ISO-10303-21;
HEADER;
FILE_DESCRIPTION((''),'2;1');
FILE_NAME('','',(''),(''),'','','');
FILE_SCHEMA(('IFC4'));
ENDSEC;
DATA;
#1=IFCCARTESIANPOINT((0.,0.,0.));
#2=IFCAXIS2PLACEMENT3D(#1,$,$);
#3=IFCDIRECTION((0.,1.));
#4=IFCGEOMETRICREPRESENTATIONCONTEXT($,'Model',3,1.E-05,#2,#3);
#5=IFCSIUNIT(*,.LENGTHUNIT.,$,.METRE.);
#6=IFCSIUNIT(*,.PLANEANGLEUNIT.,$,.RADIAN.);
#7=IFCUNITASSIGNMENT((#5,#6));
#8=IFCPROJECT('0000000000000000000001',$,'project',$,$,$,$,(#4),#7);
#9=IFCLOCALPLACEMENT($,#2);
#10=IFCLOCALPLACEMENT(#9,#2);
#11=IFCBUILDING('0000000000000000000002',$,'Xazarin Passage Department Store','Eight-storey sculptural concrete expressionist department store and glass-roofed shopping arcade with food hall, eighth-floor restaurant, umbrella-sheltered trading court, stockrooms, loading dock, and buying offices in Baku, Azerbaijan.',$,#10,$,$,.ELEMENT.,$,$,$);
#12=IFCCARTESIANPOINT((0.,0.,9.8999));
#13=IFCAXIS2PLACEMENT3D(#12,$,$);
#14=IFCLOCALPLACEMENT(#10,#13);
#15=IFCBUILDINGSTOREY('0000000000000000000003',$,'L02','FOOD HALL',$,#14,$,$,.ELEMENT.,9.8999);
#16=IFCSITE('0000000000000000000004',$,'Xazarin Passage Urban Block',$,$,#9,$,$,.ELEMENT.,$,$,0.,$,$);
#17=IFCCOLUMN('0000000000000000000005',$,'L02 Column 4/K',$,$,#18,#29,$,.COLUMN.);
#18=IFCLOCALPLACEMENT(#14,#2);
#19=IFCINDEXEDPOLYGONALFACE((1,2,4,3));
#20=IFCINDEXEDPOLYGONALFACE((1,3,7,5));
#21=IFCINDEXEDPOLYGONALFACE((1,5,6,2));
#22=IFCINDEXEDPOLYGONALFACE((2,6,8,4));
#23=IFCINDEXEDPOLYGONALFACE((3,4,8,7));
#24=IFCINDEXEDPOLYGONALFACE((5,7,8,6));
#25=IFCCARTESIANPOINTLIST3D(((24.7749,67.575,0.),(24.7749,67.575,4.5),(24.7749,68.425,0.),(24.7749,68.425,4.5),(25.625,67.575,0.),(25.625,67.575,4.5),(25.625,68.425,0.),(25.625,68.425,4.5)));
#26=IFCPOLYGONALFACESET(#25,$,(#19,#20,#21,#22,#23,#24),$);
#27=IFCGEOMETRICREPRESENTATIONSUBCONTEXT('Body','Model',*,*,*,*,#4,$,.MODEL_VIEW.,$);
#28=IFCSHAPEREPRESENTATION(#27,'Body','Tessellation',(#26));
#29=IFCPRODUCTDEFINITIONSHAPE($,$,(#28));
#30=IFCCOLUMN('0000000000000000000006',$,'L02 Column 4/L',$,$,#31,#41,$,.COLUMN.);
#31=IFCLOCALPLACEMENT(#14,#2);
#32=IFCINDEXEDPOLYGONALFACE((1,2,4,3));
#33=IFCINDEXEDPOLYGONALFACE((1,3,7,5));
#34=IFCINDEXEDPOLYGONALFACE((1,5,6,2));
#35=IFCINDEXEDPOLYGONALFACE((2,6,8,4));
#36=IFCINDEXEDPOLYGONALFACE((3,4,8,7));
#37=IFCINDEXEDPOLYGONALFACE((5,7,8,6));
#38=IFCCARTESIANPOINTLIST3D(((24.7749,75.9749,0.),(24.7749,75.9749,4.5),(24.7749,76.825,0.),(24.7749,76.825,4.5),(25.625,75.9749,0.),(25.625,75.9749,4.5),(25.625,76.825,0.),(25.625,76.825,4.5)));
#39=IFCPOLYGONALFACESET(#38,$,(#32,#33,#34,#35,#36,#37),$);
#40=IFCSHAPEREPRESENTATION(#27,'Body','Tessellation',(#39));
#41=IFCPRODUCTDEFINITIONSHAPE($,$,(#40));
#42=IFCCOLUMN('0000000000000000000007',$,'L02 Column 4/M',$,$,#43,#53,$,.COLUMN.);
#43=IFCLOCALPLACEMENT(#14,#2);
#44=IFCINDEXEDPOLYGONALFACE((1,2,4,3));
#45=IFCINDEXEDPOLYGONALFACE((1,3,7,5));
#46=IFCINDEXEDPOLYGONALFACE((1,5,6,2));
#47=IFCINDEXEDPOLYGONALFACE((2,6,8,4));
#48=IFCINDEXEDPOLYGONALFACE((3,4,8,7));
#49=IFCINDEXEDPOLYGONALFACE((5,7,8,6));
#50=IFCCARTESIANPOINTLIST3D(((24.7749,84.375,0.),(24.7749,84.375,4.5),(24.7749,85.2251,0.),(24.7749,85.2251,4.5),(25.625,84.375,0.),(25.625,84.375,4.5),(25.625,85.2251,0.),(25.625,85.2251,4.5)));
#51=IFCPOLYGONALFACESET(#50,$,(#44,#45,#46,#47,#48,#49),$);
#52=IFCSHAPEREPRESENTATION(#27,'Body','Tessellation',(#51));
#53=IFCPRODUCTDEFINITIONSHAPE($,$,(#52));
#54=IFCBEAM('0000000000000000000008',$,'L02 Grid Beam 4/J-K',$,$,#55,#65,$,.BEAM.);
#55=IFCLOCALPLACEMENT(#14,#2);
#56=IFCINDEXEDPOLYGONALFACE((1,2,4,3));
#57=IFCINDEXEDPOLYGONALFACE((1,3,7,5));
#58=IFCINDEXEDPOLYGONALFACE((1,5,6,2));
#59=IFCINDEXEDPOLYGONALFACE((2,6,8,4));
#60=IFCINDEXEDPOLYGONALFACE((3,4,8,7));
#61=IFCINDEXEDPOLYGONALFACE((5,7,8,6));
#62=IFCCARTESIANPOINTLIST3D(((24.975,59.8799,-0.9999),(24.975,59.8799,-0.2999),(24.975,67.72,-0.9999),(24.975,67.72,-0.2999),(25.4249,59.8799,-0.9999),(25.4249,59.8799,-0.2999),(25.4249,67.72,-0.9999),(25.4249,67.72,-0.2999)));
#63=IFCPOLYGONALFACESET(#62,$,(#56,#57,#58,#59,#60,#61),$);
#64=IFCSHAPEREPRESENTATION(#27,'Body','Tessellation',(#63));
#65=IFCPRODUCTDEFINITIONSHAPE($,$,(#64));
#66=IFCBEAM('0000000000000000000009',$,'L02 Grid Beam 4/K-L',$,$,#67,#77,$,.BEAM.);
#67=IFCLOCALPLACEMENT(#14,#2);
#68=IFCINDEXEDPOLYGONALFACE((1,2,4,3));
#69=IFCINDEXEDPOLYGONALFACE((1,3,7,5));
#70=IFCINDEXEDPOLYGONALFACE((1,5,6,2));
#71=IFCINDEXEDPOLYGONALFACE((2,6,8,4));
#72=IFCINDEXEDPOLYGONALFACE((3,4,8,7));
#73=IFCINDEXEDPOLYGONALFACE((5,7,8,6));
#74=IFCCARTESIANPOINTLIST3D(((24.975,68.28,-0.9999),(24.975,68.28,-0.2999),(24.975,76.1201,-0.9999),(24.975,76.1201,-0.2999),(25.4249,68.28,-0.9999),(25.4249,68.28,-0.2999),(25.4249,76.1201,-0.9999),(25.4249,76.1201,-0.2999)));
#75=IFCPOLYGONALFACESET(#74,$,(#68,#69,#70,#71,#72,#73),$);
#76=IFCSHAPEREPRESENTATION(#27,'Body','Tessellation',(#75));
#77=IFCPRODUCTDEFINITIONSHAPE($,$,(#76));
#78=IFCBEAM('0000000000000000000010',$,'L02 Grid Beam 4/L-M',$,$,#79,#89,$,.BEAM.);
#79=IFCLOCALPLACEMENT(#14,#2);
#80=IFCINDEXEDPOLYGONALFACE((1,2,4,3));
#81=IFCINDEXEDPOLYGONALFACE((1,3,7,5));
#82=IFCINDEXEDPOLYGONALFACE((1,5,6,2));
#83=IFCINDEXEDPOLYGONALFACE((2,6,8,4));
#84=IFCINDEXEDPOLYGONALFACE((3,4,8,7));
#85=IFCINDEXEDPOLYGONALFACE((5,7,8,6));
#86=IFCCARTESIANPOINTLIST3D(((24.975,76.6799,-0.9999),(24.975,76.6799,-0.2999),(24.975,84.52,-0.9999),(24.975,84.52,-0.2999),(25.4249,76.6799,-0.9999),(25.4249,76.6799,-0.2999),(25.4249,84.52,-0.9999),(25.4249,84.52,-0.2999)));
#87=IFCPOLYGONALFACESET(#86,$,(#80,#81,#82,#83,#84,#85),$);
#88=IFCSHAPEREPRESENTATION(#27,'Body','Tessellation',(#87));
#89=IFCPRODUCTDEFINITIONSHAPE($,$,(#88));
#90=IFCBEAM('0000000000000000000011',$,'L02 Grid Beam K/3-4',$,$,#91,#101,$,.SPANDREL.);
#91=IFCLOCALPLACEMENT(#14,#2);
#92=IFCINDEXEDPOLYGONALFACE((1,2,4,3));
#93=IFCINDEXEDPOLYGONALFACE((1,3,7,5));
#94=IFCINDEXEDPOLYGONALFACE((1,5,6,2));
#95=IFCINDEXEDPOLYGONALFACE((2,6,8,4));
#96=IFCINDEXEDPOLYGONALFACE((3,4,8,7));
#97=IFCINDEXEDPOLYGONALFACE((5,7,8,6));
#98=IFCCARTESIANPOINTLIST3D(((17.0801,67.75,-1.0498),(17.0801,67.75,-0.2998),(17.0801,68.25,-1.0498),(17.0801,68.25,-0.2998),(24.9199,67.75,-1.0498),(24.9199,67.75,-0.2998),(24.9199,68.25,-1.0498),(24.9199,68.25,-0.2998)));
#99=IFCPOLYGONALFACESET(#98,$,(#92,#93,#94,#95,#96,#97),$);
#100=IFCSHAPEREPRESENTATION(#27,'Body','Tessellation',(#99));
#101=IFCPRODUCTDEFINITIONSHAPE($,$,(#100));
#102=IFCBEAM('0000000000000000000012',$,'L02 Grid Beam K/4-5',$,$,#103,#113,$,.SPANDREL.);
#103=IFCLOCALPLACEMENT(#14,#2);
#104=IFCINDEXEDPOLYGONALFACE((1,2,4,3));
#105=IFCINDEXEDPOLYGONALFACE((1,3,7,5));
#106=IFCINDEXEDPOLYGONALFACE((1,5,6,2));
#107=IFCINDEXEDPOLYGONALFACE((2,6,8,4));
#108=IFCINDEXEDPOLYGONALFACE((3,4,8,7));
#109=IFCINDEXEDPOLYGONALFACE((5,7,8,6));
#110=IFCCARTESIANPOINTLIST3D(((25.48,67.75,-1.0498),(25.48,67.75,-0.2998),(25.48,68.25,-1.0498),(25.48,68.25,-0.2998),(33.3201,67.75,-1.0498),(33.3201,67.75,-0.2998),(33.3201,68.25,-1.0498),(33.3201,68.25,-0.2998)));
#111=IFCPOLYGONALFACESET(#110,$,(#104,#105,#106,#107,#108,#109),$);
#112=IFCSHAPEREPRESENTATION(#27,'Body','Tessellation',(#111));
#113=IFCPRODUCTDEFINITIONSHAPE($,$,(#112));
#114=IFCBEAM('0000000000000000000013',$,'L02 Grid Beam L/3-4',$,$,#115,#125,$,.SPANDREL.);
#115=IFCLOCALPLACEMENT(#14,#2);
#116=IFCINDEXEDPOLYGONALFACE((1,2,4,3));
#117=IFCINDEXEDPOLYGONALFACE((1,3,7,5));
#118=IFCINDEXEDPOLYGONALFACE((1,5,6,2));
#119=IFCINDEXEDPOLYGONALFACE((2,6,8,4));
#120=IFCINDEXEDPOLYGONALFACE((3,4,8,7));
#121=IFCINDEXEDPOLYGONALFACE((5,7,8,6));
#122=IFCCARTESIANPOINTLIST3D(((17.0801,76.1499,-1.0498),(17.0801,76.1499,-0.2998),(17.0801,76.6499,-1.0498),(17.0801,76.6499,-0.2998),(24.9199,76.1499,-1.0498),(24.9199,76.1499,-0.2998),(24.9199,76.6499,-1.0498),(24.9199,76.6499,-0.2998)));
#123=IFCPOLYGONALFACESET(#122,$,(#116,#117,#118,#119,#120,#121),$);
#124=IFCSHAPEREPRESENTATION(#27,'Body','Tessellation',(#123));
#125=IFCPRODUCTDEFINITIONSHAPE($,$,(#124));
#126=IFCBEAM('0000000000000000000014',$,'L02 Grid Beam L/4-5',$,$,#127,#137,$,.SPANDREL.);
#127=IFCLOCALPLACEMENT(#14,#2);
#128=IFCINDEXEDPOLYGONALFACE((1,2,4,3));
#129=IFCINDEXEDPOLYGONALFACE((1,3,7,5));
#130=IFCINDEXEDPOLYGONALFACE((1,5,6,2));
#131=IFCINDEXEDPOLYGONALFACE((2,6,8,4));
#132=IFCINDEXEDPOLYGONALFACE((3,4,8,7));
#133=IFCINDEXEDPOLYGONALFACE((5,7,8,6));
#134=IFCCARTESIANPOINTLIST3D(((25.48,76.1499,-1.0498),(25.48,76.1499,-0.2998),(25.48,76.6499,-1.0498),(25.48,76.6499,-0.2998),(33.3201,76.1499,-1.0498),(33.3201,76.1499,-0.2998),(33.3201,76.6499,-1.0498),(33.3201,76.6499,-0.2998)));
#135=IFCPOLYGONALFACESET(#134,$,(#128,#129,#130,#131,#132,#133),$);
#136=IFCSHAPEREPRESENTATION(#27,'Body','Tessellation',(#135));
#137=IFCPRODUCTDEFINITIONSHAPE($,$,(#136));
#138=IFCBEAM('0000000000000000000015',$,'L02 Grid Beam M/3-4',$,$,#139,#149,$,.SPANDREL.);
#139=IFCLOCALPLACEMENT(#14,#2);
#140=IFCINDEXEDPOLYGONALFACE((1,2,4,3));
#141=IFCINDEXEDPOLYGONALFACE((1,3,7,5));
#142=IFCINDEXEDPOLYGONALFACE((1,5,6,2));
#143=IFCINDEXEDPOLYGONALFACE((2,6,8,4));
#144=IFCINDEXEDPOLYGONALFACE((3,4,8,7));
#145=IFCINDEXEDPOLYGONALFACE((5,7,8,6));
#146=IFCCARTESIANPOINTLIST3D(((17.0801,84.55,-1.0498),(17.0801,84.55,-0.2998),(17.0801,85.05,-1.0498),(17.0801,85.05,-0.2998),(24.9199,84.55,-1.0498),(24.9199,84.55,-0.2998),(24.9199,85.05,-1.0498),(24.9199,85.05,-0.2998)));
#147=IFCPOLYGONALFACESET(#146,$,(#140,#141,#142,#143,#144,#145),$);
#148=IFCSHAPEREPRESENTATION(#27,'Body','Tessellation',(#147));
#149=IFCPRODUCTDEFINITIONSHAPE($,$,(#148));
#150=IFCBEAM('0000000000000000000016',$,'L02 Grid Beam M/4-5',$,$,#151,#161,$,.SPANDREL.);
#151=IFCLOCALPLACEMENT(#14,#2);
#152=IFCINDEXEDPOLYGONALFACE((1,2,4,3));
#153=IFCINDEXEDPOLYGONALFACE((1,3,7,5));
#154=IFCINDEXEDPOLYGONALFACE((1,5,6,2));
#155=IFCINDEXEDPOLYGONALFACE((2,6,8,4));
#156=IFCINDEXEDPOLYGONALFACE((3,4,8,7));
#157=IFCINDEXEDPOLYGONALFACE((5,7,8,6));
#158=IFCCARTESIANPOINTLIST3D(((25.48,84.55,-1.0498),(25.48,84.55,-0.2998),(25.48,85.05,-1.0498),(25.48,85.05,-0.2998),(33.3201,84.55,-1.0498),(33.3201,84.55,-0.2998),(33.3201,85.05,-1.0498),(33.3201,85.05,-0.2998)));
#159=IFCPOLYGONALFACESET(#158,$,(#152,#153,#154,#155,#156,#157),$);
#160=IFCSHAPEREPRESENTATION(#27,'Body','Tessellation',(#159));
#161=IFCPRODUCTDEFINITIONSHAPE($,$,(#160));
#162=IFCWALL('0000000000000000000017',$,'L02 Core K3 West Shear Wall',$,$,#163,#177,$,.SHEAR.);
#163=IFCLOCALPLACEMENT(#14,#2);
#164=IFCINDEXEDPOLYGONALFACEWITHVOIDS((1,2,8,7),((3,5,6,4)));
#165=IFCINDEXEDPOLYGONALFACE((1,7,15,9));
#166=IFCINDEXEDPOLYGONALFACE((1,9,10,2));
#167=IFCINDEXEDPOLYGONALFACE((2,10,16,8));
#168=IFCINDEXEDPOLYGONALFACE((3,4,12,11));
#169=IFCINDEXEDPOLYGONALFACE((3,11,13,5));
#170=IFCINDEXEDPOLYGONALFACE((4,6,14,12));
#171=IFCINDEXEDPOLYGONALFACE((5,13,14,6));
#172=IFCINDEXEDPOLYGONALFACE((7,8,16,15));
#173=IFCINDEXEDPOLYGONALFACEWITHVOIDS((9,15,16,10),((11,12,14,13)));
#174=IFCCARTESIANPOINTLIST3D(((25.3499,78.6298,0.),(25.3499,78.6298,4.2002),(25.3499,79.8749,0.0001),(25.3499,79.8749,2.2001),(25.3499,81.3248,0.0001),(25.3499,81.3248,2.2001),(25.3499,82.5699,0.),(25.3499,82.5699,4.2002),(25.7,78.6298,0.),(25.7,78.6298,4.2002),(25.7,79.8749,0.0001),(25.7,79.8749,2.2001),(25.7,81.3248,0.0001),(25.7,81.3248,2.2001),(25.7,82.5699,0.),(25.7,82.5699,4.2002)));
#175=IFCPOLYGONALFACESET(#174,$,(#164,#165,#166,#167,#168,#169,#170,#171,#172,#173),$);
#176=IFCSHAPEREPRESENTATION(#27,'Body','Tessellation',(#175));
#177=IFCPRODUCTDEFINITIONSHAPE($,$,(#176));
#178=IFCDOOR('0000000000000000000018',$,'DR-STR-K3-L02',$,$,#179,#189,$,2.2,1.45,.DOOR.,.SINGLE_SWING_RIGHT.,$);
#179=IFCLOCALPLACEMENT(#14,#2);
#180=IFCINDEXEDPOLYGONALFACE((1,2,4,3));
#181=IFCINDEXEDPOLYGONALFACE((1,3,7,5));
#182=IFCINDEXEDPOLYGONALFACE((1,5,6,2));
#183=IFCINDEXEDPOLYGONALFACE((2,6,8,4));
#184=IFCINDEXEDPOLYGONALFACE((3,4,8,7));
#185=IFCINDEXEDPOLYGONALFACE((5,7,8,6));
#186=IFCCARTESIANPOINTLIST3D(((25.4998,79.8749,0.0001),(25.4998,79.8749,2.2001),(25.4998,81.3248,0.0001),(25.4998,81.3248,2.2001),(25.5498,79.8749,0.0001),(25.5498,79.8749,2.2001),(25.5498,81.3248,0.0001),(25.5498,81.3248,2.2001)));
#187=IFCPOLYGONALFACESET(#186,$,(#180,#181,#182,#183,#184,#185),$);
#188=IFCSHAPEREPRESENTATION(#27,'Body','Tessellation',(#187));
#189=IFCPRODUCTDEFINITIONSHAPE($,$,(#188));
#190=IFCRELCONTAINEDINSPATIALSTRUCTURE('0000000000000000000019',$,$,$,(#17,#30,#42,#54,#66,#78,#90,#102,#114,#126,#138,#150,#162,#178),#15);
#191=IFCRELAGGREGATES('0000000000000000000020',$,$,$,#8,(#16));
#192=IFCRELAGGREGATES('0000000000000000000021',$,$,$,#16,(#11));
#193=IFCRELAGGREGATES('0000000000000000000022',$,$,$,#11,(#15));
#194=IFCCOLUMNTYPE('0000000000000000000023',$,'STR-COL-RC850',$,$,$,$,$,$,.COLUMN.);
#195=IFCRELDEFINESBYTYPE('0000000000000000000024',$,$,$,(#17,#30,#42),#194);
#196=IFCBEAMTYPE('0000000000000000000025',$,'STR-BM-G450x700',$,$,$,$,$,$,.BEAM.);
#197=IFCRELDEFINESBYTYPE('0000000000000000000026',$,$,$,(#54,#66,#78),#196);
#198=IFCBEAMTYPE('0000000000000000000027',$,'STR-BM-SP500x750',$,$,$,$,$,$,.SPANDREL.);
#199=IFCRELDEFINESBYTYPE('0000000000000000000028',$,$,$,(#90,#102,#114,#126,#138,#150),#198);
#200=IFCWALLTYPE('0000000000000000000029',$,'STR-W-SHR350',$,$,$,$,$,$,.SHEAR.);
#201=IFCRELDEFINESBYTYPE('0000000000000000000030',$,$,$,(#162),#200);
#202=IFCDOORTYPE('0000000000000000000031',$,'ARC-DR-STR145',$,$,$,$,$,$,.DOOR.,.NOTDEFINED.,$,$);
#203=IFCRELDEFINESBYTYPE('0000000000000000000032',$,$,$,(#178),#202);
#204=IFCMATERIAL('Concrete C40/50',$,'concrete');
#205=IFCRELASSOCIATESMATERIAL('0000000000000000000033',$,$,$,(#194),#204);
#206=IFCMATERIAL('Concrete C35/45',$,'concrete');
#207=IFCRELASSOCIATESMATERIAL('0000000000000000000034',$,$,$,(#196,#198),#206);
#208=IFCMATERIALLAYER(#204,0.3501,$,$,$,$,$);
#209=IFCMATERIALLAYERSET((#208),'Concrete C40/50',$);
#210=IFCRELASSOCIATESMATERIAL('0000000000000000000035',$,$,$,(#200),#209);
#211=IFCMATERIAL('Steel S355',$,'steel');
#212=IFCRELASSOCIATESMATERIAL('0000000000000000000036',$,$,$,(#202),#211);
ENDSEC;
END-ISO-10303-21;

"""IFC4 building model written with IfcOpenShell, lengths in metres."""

from ifc_helpers import new_model, si_unit, direction, frame, frame_2d, origin, origin_2d, place, context, subcontext, project, spatial, rectangle, extrude, material, layer, layer_set, material_profile, profile_set, type_object, element, fill, save


model = new_model("IFC4")

# Units and contexts
model_context = context("Model", 3, precision=1e-05, world=origin(), true_north=direction((0.0, 1.0)))
body_context = subcontext(model_context, "Body", "Model", "MODEL_VIEW")
ifc_project = project(units=[si_unit("LENGTHUNIT", "METRE"), si_unit("PLANEANGLEUNIT", "RADIAN")], contexts=[model_context])

# Site, building, storey
site_placement = place(None, origin())
site = spatial("IfcSite", under=ifc_project, at=site_placement, Name="Xazarin Passage Urban Block", CompositionType="ELEMENT", RefElevation=0.0)
building_placement = place(site_placement, origin())
building = spatial("IfcBuilding", under=site, at=building_placement, Name="Xazarin Passage Department Store", Description="Eight-storey sculptural concrete expressionist department store and glass-roofed shopping arcade with food hall, eighth-floor restaurant, umbrella-sheltered trading court, stockrooms, loading dock, and buying offices in Baku, Azerbaijan.", CompositionType="ELEMENT")
storey_placement = place(building_placement, frame((0.0, 0.0, 9.8999)))
storey = spatial("IfcBuildingStorey", under=building, at=storey_placement, Name="L02", Description="FOOD HALL", CompositionType="ELEMENT", Elevation=9.8999)

# Columns
ifc_material_1 = material(Name="Concrete C40/50", Category="concrete")
ifc_material_profile_1 = material_profile(ifc_material_1, rectangle(XDim=0.8501, YDim=0.8501, at=origin_2d()), Name="RC 850x850")
ifc_profile_set_1 = profile_set([ifc_material_profile_1], Name="Concrete C40/50")
column_type = type_object("IfcColumnType", Name="STR-COL-RC850", PredefinedType="COLUMN", material=ifc_profile_set_1)
for number, where, z_axis, x_axis, name in (
    (1, (25.2, 68.0, 0.0), (0.0, 0.0, 1.0), (1.0, 0.0, 0.0), "L02 Column 4/K"),
    (2, (25.2, 76.3999, 0.0), (0.0, 0.0, 1.0), (1.0, 0.0, 0.0), "L02 Column 4/L"),
    (3, (25.2, 84.8, 0.0), (0.0, 0.0, 1.0), (1.0, 0.0, 0.0), "L02 Column 4/M"),
):
    element("IfcColumn", number, at=place(storey_placement, frame(where, z_axis=z_axis, x_axis=x_axis)), inside=storey, type_object=column_type, Name=name, PredefinedType="COLUMN", context=body_context, shape_type="SweptSolid", body=[
        extrude(rectangle(XDim=0.8501, YDim=0.8501, at=origin_2d()), origin(), (0.0, 0.0, 1.0), 4.5),
    ])

# Beams
ifc_material_2 = material(Name="Concrete C35/45", Category="concrete")
ifc_material_profile_2 = material_profile(ifc_material_2, rectangle(XDim=0.45, YDim=0.7, at=origin_2d()), Name="RC 450x700")
ifc_profile_set_2 = profile_set([ifc_material_profile_2], Name="Concrete C35/45")
beam_type_1 = type_object("IfcBeamType", Name="STR-BM-G450x700", PredefinedType="BEAM", material=ifc_profile_set_2)
for number, where, z_axis, x_axis, name in (
    (4, (25.2, 59.8799, -0.6499), (0.0, 1.0, 0.0), (-1.0, 0.0, 0.0), "L02 Grid Beam 4/J-K"),
    (5, (25.2, 68.28, -0.6499), (0.0, 1.0, 0.0), (-1.0, 0.0, 0.0), "L02 Grid Beam 4/K-L"),
    (6, (25.2, 76.6799, -0.6499), (0.0, 1.0, 0.0), (-1.0, 0.0, 0.0), "L02 Grid Beam 4/L-M"),
):
    element("IfcBeam", number, at=place(storey_placement, frame(where, z_axis=z_axis, x_axis=x_axis)), inside=storey, type_object=beam_type_1, Name=name, PredefinedType="BEAM", context=body_context, shape_type="SweptSolid", body=[
        extrude(rectangle(XDim=0.45, YDim=0.7, at=origin_2d()), origin(), (0.0, 0.0, 1.0), 7.8401),
    ])
ifc_material_profile_3 = material_profile(ifc_material_2, rectangle(XDim=0.5, YDim=0.75, at=origin_2d()), Name="RC 500x750")
ifc_profile_set_3 = profile_set([ifc_material_profile_3], Name="Concrete C35/45")
beam_type_2 = type_object("IfcBeamType", Name="STR-BM-SP500x750", PredefinedType="SPANDREL", material=ifc_profile_set_3)
beam_1_placement = place(storey_placement, frame((17.0801, 68.0, -0.6748), z_axis=(1.0, 0.0, 0.0), x_axis=(0.0, 1.0, 0.0)))
element("IfcBeam", 7, at=beam_1_placement, inside=storey, type_object=beam_type_2, Name="L02 Grid Beam K/3-4", PredefinedType="SPANDREL", context=body_context, shape_type="SweptSolid", body=[
    extrude(rectangle(XDim=0.5, YDim=0.75, at=origin_2d()), origin(), (0.0, 0.0, 1.0), 7.8398),
])
beam_2_placement = place(storey_placement, frame((25.48, 68.0, -0.6748), z_axis=(1.0, 0.0, 0.0), x_axis=(0.0, 1.0, 0.0)))
element("IfcBeam", 8, at=beam_2_placement, inside=storey, type_object=beam_type_2, Name="L02 Grid Beam K/4-5", PredefinedType="SPANDREL", context=body_context, shape_type="SweptSolid", body=[
    extrude(rectangle(XDim=0.5, YDim=0.75, at=origin_2d()), origin(), (0.0, 0.0, 1.0), 7.8401),
])
beam_3_placement = place(storey_placement, frame((17.0801, 76.3999, -0.6748), z_axis=(1.0, 0.0, 0.0), x_axis=(0.0, 1.0, 0.0)))
element("IfcBeam", 9, at=beam_3_placement, inside=storey, type_object=beam_type_2, Name="L02 Grid Beam L/3-4", PredefinedType="SPANDREL", context=body_context, shape_type="SweptSolid", body=[
    extrude(rectangle(XDim=0.5, YDim=0.75, at=origin_2d()), origin(), (0.0, 0.0, 1.0), 7.8398),
])
beam_4_placement = place(storey_placement, frame((25.48, 76.3999, -0.6748), z_axis=(1.0, 0.0, 0.0), x_axis=(0.0, 1.0, 0.0)))
element("IfcBeam", 10, at=beam_4_placement, inside=storey, type_object=beam_type_2, Name="L02 Grid Beam L/4-5", PredefinedType="SPANDREL", context=body_context, shape_type="SweptSolid", body=[
    extrude(rectangle(XDim=0.5, YDim=0.75, at=origin_2d()), origin(), (0.0, 0.0, 1.0), 7.8401),
])
beam_5_placement = place(storey_placement, frame((17.0801, 84.8, -0.6748), z_axis=(1.0, 0.0, 0.0), x_axis=(0.0, 1.0, 0.0)))
element("IfcBeam", 11, at=beam_5_placement, inside=storey, type_object=beam_type_2, Name="L02 Grid Beam M/3-4", PredefinedType="SPANDREL", context=body_context, shape_type="SweptSolid", body=[
    extrude(rectangle(XDim=0.5, YDim=0.75, at=origin_2d()), origin(), (0.0, 0.0, 1.0), 7.8398),
])
beam_6_placement = place(storey_placement, frame((25.48, 84.8, -0.6748), z_axis=(1.0, 0.0, 0.0), x_axis=(0.0, 1.0, 0.0)))
element("IfcBeam", 12, at=beam_6_placement, inside=storey, type_object=beam_type_2, Name="L02 Grid Beam M/4-5", PredefinedType="SPANDREL", context=body_context, shape_type="SweptSolid", body=[
    extrude(rectangle(XDim=0.5, YDim=0.75, at=origin_2d()), origin(), (0.0, 0.0, 1.0), 7.8401),
])

# Wall, opening, door
ifc_layer = layer(ifc_material_1, 0.3501)
ifc_layer_set = layer_set([ifc_layer], Name="Concrete C40/50")
wall_type = type_object("IfcWallType", Name="STR-W-SHR350", PredefinedType="SHEAR", material=ifc_layer_set)
wall_placement = place(storey_placement, frame((25.5249, 82.5701, 0.0), z_axis=(0.0, 0.0, 1.0), x_axis=(0.0, -1.0, 0.0)))
wall = element("IfcWall", 13, at=wall_placement, inside=storey, type_object=wall_type, Name="L02 Core K3 West Shear Wall", PredefinedType="SHEAR", context=body_context, shape_type="SweptSolid", body=[
    extrude(rectangle(XDim=3.9402, YDim=0.3501, at=frame_2d((1.9702, 0.0))), origin(), (0.0, 0.0, 1.0), 4.2002),
])
opening_placement = place(wall_placement, frame((1.2451, 0.0, 0.0)))
opening = element("IfcOpeningElement", 14, at=opening_placement, cuts=wall, PredefinedType="OPENING", context=body_context, shape_type="SweptSolid", body=[
    extrude(rectangle(XDim=1.45, YDim=2.2, at=frame_2d((0.7251, 1.1001))), frame((0.0, 0.1851, 0.0), z_axis=(0.0, -1.0, 0.0), x_axis=(1.0, 0.0, 0.0)), (0.0, 0.0, 1.0), 0.3701),
])
ifc_material_3 = material(Name="Steel S355", Category="steel")
door_type = type_object("IfcDoorType", Name="ARC-DR-STR145", OperationType="NOTDEFINED", PredefinedType="DOOR", material=ifc_material_3)
door_placement = place(opening_placement, origin())
door = element("IfcDoor", 15, at=door_placement, inside=storey, type_object=door_type, Name="DR-STR-K3-L02", OperationType="SINGLE_SWING_RIGHT", OverallHeight=2.2, OverallWidth=1.45, PredefinedType="DOOR", context=body_context, shape_type="SweptSolid", body=[
    extrude(rectangle(XDim=1.45, YDim=2.2, at=frame_2d((0.7251, 1.1001))), frame((0.0, 0.0249, 0.0), z_axis=(0.0, -1.0, 0.0), x_axis=(1.0, 0.0, 0.0)), (0.0, 0.0, 1.0), 0.05),
])
fill(opening, door)

save(model, "model.ifc")
